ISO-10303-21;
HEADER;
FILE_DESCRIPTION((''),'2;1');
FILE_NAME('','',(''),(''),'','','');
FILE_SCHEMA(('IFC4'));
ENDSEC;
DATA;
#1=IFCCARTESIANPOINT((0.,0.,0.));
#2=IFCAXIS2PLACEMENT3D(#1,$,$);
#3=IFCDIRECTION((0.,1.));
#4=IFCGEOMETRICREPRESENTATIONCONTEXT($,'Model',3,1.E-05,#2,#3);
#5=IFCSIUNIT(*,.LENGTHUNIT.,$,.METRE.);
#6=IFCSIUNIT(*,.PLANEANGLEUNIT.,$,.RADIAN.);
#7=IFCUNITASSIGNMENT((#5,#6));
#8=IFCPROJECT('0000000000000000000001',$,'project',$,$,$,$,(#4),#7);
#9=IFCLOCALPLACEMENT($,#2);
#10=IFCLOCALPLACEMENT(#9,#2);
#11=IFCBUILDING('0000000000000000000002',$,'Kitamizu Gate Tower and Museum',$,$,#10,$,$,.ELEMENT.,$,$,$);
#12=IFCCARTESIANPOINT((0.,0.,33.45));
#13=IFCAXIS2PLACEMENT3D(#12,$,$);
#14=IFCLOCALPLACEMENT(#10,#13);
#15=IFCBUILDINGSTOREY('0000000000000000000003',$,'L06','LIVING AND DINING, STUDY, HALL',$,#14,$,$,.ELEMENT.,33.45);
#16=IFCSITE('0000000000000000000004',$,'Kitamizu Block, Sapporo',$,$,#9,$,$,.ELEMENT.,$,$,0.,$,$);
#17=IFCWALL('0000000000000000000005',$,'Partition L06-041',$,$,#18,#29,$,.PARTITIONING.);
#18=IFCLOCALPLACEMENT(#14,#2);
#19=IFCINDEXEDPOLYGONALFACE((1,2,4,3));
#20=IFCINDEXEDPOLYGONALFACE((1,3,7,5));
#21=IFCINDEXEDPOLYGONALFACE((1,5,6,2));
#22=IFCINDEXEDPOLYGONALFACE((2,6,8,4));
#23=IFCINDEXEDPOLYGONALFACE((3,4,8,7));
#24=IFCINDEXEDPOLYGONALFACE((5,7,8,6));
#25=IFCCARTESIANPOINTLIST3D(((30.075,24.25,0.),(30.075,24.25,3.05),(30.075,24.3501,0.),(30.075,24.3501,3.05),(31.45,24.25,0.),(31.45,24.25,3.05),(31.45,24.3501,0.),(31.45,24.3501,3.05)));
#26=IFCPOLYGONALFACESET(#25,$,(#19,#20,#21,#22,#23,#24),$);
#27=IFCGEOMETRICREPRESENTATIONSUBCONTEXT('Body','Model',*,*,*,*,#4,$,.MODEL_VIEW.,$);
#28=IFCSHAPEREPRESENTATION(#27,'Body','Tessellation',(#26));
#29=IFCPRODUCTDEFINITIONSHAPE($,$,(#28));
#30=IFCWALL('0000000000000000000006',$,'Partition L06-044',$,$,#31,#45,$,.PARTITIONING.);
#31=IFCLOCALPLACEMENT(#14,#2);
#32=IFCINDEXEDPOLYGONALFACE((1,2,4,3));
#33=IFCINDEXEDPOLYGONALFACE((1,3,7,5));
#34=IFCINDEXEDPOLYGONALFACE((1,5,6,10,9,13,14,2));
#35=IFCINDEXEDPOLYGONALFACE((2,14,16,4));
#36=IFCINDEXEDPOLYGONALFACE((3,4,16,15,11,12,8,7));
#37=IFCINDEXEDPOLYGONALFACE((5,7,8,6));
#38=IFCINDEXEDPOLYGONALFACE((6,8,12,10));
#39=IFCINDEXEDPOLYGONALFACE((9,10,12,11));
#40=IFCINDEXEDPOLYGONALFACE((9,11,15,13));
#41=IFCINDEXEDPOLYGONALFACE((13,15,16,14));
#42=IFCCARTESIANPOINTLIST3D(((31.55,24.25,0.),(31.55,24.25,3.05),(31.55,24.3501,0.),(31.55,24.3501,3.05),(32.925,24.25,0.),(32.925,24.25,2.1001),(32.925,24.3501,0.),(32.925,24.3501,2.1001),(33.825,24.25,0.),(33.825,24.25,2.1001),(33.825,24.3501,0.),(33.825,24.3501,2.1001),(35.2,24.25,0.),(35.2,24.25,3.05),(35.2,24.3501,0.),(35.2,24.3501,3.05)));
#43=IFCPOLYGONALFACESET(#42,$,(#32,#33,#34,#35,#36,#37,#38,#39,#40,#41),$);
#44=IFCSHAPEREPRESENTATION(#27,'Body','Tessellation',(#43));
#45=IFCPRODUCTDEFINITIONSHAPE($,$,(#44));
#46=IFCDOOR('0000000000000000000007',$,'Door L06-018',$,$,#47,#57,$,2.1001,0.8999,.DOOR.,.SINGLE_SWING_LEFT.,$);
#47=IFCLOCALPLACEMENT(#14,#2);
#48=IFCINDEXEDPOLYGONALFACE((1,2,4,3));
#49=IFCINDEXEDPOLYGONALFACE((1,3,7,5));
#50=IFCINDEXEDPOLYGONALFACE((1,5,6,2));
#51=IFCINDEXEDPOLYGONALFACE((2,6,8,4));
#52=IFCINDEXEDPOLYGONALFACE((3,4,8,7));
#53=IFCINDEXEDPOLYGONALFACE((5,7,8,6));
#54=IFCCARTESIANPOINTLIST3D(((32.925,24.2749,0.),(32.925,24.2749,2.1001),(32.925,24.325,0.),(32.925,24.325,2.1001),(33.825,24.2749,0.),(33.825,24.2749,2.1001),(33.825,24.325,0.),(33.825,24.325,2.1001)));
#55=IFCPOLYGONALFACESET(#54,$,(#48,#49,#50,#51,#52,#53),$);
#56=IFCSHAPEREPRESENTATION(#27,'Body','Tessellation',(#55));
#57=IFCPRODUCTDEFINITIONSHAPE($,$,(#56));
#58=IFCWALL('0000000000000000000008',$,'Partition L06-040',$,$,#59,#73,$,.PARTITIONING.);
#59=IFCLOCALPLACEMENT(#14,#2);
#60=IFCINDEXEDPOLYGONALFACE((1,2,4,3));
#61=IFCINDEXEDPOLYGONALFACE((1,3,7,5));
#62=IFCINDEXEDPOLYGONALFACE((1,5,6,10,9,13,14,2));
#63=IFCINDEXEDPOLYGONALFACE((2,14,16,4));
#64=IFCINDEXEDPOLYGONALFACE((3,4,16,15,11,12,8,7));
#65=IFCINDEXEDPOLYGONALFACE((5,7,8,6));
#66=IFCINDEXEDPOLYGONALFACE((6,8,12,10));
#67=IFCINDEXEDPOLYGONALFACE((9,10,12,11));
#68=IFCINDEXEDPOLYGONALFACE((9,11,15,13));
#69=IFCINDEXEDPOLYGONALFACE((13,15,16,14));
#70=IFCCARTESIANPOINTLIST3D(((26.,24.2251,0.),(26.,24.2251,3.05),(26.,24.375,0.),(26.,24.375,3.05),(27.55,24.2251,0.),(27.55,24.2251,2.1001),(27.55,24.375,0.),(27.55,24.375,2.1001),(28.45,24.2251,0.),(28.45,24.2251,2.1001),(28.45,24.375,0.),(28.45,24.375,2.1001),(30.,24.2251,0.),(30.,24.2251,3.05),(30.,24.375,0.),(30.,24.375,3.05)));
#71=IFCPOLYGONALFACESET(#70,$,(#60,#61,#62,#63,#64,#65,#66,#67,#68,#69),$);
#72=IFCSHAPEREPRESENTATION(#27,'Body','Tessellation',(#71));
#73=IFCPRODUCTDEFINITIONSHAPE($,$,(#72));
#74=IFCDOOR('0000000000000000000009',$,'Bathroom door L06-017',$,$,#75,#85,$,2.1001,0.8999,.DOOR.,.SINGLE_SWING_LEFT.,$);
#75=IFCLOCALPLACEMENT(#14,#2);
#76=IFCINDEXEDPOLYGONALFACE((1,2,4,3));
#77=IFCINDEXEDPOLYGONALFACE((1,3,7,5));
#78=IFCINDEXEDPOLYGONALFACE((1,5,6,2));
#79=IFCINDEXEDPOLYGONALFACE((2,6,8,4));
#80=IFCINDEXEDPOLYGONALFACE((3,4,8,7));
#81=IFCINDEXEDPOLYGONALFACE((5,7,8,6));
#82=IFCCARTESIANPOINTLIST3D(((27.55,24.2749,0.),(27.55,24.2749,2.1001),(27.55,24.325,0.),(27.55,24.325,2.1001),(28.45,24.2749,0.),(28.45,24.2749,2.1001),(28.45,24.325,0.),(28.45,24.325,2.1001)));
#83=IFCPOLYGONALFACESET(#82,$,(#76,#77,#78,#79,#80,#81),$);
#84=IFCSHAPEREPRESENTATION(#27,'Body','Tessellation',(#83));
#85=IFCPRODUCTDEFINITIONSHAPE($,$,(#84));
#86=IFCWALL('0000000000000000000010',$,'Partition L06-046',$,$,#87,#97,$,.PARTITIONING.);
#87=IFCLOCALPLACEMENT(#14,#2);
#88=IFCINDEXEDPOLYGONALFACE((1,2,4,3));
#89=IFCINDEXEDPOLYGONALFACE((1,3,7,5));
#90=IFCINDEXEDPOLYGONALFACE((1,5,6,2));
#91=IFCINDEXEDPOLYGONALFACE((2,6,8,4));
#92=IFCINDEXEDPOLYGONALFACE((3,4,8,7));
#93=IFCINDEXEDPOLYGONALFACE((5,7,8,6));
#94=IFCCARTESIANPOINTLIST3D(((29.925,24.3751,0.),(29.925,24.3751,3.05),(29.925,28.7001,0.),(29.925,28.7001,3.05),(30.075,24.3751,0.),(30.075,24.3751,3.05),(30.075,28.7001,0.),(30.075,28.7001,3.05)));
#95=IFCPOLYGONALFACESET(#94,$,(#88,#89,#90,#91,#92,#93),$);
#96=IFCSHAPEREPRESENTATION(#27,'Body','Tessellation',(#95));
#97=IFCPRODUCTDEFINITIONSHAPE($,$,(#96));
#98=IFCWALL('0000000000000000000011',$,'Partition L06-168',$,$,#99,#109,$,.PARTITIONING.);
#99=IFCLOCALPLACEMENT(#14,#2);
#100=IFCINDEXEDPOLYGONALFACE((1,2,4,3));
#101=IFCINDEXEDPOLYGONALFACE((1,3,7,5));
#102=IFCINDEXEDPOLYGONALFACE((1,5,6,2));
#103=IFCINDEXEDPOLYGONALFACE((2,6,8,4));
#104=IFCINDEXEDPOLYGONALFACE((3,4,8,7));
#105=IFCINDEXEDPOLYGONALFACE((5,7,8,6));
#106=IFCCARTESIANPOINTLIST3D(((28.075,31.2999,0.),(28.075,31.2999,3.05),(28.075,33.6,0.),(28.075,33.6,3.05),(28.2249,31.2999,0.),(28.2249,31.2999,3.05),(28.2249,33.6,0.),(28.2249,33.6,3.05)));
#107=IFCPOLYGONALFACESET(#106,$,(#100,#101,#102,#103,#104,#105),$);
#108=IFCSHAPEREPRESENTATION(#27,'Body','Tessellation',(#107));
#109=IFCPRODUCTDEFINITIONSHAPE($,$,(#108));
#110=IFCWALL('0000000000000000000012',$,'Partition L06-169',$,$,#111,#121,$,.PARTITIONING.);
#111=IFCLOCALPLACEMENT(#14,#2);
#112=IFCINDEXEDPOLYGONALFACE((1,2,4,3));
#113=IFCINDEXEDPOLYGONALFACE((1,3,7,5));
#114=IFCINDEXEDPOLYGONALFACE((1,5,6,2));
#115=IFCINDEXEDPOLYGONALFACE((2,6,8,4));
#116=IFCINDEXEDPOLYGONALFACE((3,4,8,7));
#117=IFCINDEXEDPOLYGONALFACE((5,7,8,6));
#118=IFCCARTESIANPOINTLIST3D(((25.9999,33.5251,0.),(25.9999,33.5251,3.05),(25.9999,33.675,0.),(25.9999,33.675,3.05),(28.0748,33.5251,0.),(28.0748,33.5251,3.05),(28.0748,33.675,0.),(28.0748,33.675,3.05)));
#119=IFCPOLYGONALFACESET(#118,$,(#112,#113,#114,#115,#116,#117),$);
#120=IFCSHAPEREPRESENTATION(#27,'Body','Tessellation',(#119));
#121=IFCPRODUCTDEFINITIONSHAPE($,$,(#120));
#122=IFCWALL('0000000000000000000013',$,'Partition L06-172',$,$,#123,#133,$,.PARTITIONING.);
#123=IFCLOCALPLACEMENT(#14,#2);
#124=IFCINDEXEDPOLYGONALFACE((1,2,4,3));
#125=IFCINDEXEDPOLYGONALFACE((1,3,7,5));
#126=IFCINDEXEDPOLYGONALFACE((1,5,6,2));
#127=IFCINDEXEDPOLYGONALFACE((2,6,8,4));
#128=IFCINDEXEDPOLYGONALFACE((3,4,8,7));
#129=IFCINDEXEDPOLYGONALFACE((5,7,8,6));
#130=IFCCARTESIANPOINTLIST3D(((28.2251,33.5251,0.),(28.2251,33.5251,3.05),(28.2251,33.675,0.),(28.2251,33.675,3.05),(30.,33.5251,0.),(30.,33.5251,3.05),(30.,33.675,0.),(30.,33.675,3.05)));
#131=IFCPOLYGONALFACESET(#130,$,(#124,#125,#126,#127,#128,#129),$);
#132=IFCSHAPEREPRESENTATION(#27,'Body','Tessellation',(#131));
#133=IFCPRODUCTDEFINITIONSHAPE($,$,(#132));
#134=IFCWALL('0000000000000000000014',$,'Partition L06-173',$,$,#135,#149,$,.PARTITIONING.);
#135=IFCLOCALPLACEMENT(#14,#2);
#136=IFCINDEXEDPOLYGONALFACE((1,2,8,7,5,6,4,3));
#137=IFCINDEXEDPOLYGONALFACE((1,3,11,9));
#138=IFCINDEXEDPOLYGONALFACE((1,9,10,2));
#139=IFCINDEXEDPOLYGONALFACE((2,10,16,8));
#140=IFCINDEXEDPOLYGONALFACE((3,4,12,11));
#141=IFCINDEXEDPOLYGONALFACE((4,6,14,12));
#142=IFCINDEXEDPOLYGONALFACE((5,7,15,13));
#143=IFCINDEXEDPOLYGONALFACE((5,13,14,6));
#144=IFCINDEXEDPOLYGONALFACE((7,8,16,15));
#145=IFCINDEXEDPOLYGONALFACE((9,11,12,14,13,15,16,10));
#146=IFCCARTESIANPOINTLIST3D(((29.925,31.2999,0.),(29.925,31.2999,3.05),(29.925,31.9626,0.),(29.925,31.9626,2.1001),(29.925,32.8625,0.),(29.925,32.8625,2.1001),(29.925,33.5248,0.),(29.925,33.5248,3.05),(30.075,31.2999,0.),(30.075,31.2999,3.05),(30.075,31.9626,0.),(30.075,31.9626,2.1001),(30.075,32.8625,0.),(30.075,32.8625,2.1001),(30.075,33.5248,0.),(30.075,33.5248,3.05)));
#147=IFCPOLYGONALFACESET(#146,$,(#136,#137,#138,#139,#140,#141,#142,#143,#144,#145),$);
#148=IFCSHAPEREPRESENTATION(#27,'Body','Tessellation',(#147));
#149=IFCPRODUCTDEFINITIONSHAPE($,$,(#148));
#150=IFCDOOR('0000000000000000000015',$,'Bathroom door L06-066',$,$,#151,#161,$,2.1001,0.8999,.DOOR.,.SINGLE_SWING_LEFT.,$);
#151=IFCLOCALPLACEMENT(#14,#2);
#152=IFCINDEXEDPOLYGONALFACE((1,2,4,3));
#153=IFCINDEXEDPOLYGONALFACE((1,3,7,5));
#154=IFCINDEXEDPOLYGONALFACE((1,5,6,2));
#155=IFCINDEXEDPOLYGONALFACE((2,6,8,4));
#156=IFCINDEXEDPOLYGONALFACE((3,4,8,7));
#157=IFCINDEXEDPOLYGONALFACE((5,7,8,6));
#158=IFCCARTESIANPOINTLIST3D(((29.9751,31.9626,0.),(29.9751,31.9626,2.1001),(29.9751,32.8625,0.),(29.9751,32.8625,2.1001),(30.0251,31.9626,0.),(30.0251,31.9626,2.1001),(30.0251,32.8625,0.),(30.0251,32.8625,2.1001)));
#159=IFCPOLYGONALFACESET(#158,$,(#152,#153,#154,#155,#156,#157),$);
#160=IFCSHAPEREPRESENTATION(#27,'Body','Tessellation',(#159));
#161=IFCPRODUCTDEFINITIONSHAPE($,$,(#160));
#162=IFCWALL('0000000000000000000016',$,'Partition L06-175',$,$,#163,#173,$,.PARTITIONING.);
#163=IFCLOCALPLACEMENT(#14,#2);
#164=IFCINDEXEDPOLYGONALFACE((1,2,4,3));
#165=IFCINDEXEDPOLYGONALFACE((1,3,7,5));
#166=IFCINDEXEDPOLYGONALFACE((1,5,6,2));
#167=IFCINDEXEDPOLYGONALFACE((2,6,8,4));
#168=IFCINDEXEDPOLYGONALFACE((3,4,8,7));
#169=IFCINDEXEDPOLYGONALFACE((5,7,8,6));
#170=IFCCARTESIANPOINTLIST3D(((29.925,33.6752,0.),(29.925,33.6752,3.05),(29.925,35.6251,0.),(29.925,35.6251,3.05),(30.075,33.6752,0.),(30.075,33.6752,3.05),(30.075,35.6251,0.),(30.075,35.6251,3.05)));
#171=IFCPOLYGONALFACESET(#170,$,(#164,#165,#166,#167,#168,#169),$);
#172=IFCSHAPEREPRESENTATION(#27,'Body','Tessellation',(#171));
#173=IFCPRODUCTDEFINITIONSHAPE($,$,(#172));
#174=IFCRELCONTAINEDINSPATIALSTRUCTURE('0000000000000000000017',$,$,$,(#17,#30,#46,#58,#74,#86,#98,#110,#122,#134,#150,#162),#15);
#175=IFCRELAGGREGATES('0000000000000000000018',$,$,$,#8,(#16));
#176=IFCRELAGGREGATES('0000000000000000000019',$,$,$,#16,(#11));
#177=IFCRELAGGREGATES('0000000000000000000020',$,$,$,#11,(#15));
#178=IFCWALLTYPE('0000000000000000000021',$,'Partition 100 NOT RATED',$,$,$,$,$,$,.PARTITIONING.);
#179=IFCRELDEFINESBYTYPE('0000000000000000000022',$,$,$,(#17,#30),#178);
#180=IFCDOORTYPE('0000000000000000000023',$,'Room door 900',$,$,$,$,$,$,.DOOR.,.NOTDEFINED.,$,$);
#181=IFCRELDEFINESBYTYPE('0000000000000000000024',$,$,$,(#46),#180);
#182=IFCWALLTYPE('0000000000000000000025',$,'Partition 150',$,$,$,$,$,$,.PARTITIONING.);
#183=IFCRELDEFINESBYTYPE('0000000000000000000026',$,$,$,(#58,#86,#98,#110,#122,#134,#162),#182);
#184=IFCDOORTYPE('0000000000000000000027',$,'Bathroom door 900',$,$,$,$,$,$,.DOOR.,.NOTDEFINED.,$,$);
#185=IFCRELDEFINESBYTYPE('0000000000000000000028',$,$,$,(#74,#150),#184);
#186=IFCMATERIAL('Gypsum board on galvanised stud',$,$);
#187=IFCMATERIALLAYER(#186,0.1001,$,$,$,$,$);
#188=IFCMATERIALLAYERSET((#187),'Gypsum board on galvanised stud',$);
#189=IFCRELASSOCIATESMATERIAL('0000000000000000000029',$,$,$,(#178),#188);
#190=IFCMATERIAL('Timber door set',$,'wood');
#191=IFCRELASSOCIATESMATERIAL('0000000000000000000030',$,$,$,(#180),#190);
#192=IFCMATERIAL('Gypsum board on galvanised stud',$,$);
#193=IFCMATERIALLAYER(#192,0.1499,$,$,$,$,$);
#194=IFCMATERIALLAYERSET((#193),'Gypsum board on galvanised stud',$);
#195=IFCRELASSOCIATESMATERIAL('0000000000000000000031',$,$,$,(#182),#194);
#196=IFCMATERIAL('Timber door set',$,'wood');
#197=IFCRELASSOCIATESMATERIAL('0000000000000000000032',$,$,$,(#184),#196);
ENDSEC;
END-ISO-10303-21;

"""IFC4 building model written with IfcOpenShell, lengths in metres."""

from ifc_helpers import new_model, si_unit, direction, frame, frame_2d, origin, place, context, subcontext, project, spatial, rectangle, extrude, material, layer, layer_set, type_object, element, fill, save


model = new_model("IFC4")

# Units and contexts
model_context = context("Model", 3, precision=1e-05, world=origin(), true_north=direction((0.0, 1.0)))
body_context = subcontext(model_context, "Body", "Model", "MODEL_VIEW")
ifc_project = project(units=[si_unit("LENGTHUNIT", "METRE"), si_unit("PLANEANGLEUNIT", "RADIAN")], contexts=[model_context])

# Site, building, storey
site_placement = place(None, origin())
site = spatial("IfcSite", under=ifc_project, at=site_placement, Name="Kitamizu Block, Sapporo", CompositionType="ELEMENT", RefElevation=0.0)
building_placement = place(site_placement, origin())
building = spatial("IfcBuilding", under=site, at=building_placement, Name="Kitamizu Gate Tower and Museum", CompositionType="ELEMENT")
storey_placement = place(building_placement, frame((0.0, 0.0, 33.45)))
storey = spatial("IfcBuildingStorey", under=building, at=storey_placement, Name="L06", Description="LIVING AND DINING, STUDY, HALL", CompositionType="ELEMENT", Elevation=33.45)

# Wall
ifc_material_1 = material(Name="Gypsum board on galvanised stud")
ifc_layer_1 = layer(ifc_material_1, 0.1001)
ifc_layer_set_1 = layer_set([ifc_layer_1], Name="Gypsum board on galvanised stud")
wall_type_1 = type_object("IfcWallType", Name="Partition 100 NOT RATED", PredefinedType="PARTITIONING", material=ifc_layer_set_1)
wall_1_placement = place(storey_placement, frame((31.45, 24.3, 0.0), z_axis=(0.0, 0.0, 1.0), x_axis=(-1.0, 0.0, 0.0)))
element("IfcWall", 1, at=wall_1_placement, inside=storey, type_object=wall_type_1, Name="Partition L06-041", PredefinedType="PARTITIONING", context=body_context, shape_type="SweptSolid", body=[
    extrude(rectangle(XDim=1.375, YDim=0.1001, at=frame_2d((0.6875, 0.0))), origin(), (0.0, 0.0, 1.0), 3.05),
])

# Walls, openings, doors
wall_2_placement = place(storey_placement, frame((35.2, 24.3, 0.0), z_axis=(0.0, 0.0, 1.0), x_axis=(-1.0, 0.0, 0.0)))
wall_2 = element("IfcWall", 2, at=wall_2_placement, inside=storey, type_object=wall_type_1, Name="Partition L06-044", PredefinedType="PARTITIONING", context=body_context, shape_type="SweptSolid", body=[
    extrude(rectangle(XDim=3.6499, YDim=0.1001, at=frame_2d((1.825, 0.0))), origin(), (0.0, 0.0, 1.0), 3.05),
])
opening_1_placement = place(wall_2_placement, frame((1.375, 0.0, 0.0)))
opening_1 = element("IfcOpeningElement", 3, at=opening_1_placement, cuts=wall_2, PredefinedType="OPENING", context=body_context, shape_type="SweptSolid", body=[
    extrude(rectangle(XDim=0.8999, YDim=2.1001, at=frame_2d((0.45, 1.05))), frame((0.0, 0.0601, 0.0), z_axis=(0.0, -1.0, 0.0), x_axis=(1.0, 0.0, 0.0)), (0.0, 0.0, 1.0), 0.1201),
])
ifc_material_2 = material(Name="Timber door set", Category="wood")
door_type_1 = type_object("IfcDoorType", Name="Room door 900", OperationType="NOTDEFINED", PredefinedType="DOOR", material=ifc_material_2)
door_1_placement = place(opening_1_placement, frame((0.8999, 0.0, 0.0), x_axis=(-1.0, 0.0, 0.0)))
door_1 = element("IfcDoor", 4, at=door_1_placement, inside=storey, type_object=door_type_1, Name="Door L06-018", OperationType="SINGLE_SWING_LEFT", OverallHeight=2.1001, OverallWidth=0.8999, PredefinedType="DOOR", context=body_context, shape_type="SweptSolid", body=[
    extrude(rectangle(XDim=0.8999, YDim=2.1001, at=frame_2d((0.45, 1.05))), frame((0.0, 0.0249, 0.0), z_axis=(0.0, -1.0, 0.0), x_axis=(1.0, 0.0, 0.0)), (0.0, 0.0, 1.0), 0.05),
])
fill(opening_1, door_1)
ifc_material_3 = material(Name="Gypsum board on galvanised stud")
ifc_layer_2 = layer(ifc_material_3, 0.1499)
ifc_layer_set_2 = layer_set([ifc_layer_2], Name="Gypsum board on galvanised stud")
wall_type_2 = type_object("IfcWallType", Name="Partition 150", PredefinedType="PARTITIONING", material=ifc_layer_set_2)
wall_3_placement = place(storey_placement, frame((30.0, 24.3, 0.0), z_axis=(0.0, 0.0, 1.0), x_axis=(-1.0, 0.0, 0.0)))
wall_3 = element("IfcWall", 5, at=wall_3_placement, inside=storey, type_object=wall_type_2, Name="Partition L06-040", PredefinedType="PARTITIONING", context=body_context, shape_type="SweptSolid", body=[
    extrude(rectangle(XDim=4.0, YDim=0.1499, at=frame_2d((2.0, 0.0))), origin(), (0.0, 0.0, 1.0), 3.05),
])
opening_2_placement = place(wall_3_placement, frame((1.55, 0.0, 0.0)))
opening_2 = element("IfcOpeningElement", 6, at=opening_2_placement, cuts=wall_3, PredefinedType="OPENING", context=body_context, shape_type="SweptSolid", body=[
    extrude(rectangle(XDim=0.8999, YDim=2.1001, at=frame_2d((0.45, 1.05))), frame((0.0, 0.085, 0.0), z_axis=(0.0, -1.0, 0.0), x_axis=(1.0, 0.0, 0.0)), (0.0, 0.0, 1.0), 0.1699),
])
ifc_material_4 = material(Name="Timber door set", Category="wood")
door_type_2 = type_object("IfcDoorType", Name="Bathroom door 900", OperationType="NOTDEFINED", PredefinedType="DOOR", material=ifc_material_4)
door_2_placement = place(opening_2_placement, frame((0.8999, 0.0, 0.0), x_axis=(-1.0, 0.0, 0.0)))
door_2 = element("IfcDoor", 7, at=door_2_placement, inside=storey, type_object=door_type_2, Name="Bathroom door L06-017", OperationType="SINGLE_SWING_LEFT", OverallHeight=2.1001, OverallWidth=0.8999, PredefinedType="DOOR", context=body_context, shape_type="SweptSolid", body=[
    extrude(rectangle(XDim=0.8999, YDim=2.1001, at=frame_2d((0.45, 1.05))), frame((0.0, 0.0249, 0.0), z_axis=(0.0, -1.0, 0.0), x_axis=(1.0, 0.0, 0.0)), (0.0, 0.0, 1.0), 0.05),
])
fill(opening_2, door_2)

# Walls
wall_4_placement = place(storey_placement, frame((30.0, 24.375, 0.0), z_axis=(0.0, 0.0, 1.0), x_axis=(0.0, 1.0, 0.0)))
element("IfcWall", 8, at=wall_4_placement, inside=storey, type_object=wall_type_2, Name="Partition L06-046", PredefinedType="PARTITIONING", context=body_context, shape_type="SweptSolid", body=[
    extrude(rectangle(XDim=4.325, YDim=0.1499, at=frame_2d((2.1626, 0.0))), origin(), (0.0, 0.0, 1.0), 3.05),
])
wall_5_placement = place(storey_placement, frame((28.1499, 31.3, 0.0), z_axis=(0.0, 0.0, 1.0), x_axis=(0.0, 1.0, 0.0)))
element("IfcWall", 9, at=wall_5_placement, inside=storey, type_object=wall_type_2, Name="Partition L06-168", PredefinedType="PARTITIONING", context=body_context, shape_type="SweptSolid", body=[
    extrude(rectangle(XDim=2.3, YDim=0.1499, at=frame_2d((1.1499, 0.0))), origin(), (0.0, 0.0, 1.0), 3.05),
])
wall_6_placement = place(storey_placement, frame((28.075, 33.6001, 0.0), z_axis=(0.0, 0.0, 1.0), x_axis=(-1.0, 0.0, 0.0)))
element("IfcWall", 10, at=wall_6_placement, inside=storey, type_object=wall_type_2, Name="Partition L06-169", PredefinedType="PARTITIONING", context=body_context, shape_type="SweptSolid", body=[
    extrude(rectangle(XDim=2.075, YDim=0.1499, at=frame_2d((1.0376, 0.0))), origin(), (0.0, 0.0, 1.0), 3.05),
])
wall_7_placement = place(storey_placement, frame((30.0, 33.6001, 0.0), z_axis=(0.0, 0.0, 1.0), x_axis=(-1.0, 0.0, 0.0)))
element("IfcWall", 11, at=wall_7_placement, inside=storey, type_object=wall_type_2, Name="Partition L06-172", PredefinedType="PARTITIONING", context=body_context, shape_type="SweptSolid", body=[
    extrude(rectangle(XDim=1.7749, YDim=0.1499, at=frame_2d((0.8875, 0.0))), origin(), (0.0, 0.0, 1.0), 3.05),
])

# Wall, opening, door
wall_8_placement = place(storey_placement, frame((30.0, 31.3, 0.0), z_axis=(0.0, 0.0, 1.0), x_axis=(0.0, 1.0, 0.0)))
wall_8 = element("IfcWall", 12, at=wall_8_placement, inside=storey, type_object=wall_type_2, Name="Partition L06-173", PredefinedType="PARTITIONING", context=body_context, shape_type="SweptSolid", body=[
    extrude(rectangle(XDim=2.2249, YDim=0.1499, at=frame_2d((1.1123, 0.0))), origin(), (0.0, 0.0, 1.0), 3.05),
])
opening_3_placement = place(wall_8_placement, frame((0.6626, 0.0, 0.0)))
opening_3 = element("IfcOpeningElement", 13, at=opening_3_placement, cuts=wall_8, PredefinedType="OPENING", context=body_context, shape_type="SweptSolid", body=[
    extrude(rectangle(XDim=0.8999, YDim=2.1001, at=frame_2d((0.45, 1.05))), frame((0.0, 0.085, 0.0), z_axis=(0.0, -1.0, 0.0), x_axis=(1.0, 0.0, 0.0)), (0.0, 0.0, 1.0), 0.1699),
])
door_3_placement = place(opening_3_placement, origin())
door_3 = element("IfcDoor", 14, at=door_3_placement, inside=storey, type_object=door_type_2, Name="Bathroom door L06-066", OperationType="SINGLE_SWING_LEFT", OverallHeight=2.1001, OverallWidth=0.8999, PredefinedType="DOOR", context=body_context, shape_type="SweptSolid", body=[
    extrude(rectangle(XDim=0.8999, YDim=2.1001, at=frame_2d((0.45, 1.05))), frame((0.0, 0.0249, 0.0), z_axis=(0.0, -1.0, 0.0), x_axis=(1.0, 0.0, 0.0)), (0.0, 0.0, 1.0), 0.05),
])
fill(opening_3, door_3)

# Wall
wall_9_placement = place(storey_placement, frame((30.0, 33.675, 0.0), z_axis=(0.0, 0.0, 1.0), x_axis=(0.0, 1.0, 0.0)))
element("IfcWall", 15, at=wall_9_placement, inside=storey, type_object=wall_type_2, Name="Partition L06-175", PredefinedType="PARTITIONING", context=body_context, shape_type="SweptSolid", body=[
    extrude(rectangle(XDim=1.95, YDim=0.1499, at=frame_2d((0.9751, 0.0))), origin(), (0.0, 0.0, 1.0), 3.05),
])

save(model, "model.ifc")
